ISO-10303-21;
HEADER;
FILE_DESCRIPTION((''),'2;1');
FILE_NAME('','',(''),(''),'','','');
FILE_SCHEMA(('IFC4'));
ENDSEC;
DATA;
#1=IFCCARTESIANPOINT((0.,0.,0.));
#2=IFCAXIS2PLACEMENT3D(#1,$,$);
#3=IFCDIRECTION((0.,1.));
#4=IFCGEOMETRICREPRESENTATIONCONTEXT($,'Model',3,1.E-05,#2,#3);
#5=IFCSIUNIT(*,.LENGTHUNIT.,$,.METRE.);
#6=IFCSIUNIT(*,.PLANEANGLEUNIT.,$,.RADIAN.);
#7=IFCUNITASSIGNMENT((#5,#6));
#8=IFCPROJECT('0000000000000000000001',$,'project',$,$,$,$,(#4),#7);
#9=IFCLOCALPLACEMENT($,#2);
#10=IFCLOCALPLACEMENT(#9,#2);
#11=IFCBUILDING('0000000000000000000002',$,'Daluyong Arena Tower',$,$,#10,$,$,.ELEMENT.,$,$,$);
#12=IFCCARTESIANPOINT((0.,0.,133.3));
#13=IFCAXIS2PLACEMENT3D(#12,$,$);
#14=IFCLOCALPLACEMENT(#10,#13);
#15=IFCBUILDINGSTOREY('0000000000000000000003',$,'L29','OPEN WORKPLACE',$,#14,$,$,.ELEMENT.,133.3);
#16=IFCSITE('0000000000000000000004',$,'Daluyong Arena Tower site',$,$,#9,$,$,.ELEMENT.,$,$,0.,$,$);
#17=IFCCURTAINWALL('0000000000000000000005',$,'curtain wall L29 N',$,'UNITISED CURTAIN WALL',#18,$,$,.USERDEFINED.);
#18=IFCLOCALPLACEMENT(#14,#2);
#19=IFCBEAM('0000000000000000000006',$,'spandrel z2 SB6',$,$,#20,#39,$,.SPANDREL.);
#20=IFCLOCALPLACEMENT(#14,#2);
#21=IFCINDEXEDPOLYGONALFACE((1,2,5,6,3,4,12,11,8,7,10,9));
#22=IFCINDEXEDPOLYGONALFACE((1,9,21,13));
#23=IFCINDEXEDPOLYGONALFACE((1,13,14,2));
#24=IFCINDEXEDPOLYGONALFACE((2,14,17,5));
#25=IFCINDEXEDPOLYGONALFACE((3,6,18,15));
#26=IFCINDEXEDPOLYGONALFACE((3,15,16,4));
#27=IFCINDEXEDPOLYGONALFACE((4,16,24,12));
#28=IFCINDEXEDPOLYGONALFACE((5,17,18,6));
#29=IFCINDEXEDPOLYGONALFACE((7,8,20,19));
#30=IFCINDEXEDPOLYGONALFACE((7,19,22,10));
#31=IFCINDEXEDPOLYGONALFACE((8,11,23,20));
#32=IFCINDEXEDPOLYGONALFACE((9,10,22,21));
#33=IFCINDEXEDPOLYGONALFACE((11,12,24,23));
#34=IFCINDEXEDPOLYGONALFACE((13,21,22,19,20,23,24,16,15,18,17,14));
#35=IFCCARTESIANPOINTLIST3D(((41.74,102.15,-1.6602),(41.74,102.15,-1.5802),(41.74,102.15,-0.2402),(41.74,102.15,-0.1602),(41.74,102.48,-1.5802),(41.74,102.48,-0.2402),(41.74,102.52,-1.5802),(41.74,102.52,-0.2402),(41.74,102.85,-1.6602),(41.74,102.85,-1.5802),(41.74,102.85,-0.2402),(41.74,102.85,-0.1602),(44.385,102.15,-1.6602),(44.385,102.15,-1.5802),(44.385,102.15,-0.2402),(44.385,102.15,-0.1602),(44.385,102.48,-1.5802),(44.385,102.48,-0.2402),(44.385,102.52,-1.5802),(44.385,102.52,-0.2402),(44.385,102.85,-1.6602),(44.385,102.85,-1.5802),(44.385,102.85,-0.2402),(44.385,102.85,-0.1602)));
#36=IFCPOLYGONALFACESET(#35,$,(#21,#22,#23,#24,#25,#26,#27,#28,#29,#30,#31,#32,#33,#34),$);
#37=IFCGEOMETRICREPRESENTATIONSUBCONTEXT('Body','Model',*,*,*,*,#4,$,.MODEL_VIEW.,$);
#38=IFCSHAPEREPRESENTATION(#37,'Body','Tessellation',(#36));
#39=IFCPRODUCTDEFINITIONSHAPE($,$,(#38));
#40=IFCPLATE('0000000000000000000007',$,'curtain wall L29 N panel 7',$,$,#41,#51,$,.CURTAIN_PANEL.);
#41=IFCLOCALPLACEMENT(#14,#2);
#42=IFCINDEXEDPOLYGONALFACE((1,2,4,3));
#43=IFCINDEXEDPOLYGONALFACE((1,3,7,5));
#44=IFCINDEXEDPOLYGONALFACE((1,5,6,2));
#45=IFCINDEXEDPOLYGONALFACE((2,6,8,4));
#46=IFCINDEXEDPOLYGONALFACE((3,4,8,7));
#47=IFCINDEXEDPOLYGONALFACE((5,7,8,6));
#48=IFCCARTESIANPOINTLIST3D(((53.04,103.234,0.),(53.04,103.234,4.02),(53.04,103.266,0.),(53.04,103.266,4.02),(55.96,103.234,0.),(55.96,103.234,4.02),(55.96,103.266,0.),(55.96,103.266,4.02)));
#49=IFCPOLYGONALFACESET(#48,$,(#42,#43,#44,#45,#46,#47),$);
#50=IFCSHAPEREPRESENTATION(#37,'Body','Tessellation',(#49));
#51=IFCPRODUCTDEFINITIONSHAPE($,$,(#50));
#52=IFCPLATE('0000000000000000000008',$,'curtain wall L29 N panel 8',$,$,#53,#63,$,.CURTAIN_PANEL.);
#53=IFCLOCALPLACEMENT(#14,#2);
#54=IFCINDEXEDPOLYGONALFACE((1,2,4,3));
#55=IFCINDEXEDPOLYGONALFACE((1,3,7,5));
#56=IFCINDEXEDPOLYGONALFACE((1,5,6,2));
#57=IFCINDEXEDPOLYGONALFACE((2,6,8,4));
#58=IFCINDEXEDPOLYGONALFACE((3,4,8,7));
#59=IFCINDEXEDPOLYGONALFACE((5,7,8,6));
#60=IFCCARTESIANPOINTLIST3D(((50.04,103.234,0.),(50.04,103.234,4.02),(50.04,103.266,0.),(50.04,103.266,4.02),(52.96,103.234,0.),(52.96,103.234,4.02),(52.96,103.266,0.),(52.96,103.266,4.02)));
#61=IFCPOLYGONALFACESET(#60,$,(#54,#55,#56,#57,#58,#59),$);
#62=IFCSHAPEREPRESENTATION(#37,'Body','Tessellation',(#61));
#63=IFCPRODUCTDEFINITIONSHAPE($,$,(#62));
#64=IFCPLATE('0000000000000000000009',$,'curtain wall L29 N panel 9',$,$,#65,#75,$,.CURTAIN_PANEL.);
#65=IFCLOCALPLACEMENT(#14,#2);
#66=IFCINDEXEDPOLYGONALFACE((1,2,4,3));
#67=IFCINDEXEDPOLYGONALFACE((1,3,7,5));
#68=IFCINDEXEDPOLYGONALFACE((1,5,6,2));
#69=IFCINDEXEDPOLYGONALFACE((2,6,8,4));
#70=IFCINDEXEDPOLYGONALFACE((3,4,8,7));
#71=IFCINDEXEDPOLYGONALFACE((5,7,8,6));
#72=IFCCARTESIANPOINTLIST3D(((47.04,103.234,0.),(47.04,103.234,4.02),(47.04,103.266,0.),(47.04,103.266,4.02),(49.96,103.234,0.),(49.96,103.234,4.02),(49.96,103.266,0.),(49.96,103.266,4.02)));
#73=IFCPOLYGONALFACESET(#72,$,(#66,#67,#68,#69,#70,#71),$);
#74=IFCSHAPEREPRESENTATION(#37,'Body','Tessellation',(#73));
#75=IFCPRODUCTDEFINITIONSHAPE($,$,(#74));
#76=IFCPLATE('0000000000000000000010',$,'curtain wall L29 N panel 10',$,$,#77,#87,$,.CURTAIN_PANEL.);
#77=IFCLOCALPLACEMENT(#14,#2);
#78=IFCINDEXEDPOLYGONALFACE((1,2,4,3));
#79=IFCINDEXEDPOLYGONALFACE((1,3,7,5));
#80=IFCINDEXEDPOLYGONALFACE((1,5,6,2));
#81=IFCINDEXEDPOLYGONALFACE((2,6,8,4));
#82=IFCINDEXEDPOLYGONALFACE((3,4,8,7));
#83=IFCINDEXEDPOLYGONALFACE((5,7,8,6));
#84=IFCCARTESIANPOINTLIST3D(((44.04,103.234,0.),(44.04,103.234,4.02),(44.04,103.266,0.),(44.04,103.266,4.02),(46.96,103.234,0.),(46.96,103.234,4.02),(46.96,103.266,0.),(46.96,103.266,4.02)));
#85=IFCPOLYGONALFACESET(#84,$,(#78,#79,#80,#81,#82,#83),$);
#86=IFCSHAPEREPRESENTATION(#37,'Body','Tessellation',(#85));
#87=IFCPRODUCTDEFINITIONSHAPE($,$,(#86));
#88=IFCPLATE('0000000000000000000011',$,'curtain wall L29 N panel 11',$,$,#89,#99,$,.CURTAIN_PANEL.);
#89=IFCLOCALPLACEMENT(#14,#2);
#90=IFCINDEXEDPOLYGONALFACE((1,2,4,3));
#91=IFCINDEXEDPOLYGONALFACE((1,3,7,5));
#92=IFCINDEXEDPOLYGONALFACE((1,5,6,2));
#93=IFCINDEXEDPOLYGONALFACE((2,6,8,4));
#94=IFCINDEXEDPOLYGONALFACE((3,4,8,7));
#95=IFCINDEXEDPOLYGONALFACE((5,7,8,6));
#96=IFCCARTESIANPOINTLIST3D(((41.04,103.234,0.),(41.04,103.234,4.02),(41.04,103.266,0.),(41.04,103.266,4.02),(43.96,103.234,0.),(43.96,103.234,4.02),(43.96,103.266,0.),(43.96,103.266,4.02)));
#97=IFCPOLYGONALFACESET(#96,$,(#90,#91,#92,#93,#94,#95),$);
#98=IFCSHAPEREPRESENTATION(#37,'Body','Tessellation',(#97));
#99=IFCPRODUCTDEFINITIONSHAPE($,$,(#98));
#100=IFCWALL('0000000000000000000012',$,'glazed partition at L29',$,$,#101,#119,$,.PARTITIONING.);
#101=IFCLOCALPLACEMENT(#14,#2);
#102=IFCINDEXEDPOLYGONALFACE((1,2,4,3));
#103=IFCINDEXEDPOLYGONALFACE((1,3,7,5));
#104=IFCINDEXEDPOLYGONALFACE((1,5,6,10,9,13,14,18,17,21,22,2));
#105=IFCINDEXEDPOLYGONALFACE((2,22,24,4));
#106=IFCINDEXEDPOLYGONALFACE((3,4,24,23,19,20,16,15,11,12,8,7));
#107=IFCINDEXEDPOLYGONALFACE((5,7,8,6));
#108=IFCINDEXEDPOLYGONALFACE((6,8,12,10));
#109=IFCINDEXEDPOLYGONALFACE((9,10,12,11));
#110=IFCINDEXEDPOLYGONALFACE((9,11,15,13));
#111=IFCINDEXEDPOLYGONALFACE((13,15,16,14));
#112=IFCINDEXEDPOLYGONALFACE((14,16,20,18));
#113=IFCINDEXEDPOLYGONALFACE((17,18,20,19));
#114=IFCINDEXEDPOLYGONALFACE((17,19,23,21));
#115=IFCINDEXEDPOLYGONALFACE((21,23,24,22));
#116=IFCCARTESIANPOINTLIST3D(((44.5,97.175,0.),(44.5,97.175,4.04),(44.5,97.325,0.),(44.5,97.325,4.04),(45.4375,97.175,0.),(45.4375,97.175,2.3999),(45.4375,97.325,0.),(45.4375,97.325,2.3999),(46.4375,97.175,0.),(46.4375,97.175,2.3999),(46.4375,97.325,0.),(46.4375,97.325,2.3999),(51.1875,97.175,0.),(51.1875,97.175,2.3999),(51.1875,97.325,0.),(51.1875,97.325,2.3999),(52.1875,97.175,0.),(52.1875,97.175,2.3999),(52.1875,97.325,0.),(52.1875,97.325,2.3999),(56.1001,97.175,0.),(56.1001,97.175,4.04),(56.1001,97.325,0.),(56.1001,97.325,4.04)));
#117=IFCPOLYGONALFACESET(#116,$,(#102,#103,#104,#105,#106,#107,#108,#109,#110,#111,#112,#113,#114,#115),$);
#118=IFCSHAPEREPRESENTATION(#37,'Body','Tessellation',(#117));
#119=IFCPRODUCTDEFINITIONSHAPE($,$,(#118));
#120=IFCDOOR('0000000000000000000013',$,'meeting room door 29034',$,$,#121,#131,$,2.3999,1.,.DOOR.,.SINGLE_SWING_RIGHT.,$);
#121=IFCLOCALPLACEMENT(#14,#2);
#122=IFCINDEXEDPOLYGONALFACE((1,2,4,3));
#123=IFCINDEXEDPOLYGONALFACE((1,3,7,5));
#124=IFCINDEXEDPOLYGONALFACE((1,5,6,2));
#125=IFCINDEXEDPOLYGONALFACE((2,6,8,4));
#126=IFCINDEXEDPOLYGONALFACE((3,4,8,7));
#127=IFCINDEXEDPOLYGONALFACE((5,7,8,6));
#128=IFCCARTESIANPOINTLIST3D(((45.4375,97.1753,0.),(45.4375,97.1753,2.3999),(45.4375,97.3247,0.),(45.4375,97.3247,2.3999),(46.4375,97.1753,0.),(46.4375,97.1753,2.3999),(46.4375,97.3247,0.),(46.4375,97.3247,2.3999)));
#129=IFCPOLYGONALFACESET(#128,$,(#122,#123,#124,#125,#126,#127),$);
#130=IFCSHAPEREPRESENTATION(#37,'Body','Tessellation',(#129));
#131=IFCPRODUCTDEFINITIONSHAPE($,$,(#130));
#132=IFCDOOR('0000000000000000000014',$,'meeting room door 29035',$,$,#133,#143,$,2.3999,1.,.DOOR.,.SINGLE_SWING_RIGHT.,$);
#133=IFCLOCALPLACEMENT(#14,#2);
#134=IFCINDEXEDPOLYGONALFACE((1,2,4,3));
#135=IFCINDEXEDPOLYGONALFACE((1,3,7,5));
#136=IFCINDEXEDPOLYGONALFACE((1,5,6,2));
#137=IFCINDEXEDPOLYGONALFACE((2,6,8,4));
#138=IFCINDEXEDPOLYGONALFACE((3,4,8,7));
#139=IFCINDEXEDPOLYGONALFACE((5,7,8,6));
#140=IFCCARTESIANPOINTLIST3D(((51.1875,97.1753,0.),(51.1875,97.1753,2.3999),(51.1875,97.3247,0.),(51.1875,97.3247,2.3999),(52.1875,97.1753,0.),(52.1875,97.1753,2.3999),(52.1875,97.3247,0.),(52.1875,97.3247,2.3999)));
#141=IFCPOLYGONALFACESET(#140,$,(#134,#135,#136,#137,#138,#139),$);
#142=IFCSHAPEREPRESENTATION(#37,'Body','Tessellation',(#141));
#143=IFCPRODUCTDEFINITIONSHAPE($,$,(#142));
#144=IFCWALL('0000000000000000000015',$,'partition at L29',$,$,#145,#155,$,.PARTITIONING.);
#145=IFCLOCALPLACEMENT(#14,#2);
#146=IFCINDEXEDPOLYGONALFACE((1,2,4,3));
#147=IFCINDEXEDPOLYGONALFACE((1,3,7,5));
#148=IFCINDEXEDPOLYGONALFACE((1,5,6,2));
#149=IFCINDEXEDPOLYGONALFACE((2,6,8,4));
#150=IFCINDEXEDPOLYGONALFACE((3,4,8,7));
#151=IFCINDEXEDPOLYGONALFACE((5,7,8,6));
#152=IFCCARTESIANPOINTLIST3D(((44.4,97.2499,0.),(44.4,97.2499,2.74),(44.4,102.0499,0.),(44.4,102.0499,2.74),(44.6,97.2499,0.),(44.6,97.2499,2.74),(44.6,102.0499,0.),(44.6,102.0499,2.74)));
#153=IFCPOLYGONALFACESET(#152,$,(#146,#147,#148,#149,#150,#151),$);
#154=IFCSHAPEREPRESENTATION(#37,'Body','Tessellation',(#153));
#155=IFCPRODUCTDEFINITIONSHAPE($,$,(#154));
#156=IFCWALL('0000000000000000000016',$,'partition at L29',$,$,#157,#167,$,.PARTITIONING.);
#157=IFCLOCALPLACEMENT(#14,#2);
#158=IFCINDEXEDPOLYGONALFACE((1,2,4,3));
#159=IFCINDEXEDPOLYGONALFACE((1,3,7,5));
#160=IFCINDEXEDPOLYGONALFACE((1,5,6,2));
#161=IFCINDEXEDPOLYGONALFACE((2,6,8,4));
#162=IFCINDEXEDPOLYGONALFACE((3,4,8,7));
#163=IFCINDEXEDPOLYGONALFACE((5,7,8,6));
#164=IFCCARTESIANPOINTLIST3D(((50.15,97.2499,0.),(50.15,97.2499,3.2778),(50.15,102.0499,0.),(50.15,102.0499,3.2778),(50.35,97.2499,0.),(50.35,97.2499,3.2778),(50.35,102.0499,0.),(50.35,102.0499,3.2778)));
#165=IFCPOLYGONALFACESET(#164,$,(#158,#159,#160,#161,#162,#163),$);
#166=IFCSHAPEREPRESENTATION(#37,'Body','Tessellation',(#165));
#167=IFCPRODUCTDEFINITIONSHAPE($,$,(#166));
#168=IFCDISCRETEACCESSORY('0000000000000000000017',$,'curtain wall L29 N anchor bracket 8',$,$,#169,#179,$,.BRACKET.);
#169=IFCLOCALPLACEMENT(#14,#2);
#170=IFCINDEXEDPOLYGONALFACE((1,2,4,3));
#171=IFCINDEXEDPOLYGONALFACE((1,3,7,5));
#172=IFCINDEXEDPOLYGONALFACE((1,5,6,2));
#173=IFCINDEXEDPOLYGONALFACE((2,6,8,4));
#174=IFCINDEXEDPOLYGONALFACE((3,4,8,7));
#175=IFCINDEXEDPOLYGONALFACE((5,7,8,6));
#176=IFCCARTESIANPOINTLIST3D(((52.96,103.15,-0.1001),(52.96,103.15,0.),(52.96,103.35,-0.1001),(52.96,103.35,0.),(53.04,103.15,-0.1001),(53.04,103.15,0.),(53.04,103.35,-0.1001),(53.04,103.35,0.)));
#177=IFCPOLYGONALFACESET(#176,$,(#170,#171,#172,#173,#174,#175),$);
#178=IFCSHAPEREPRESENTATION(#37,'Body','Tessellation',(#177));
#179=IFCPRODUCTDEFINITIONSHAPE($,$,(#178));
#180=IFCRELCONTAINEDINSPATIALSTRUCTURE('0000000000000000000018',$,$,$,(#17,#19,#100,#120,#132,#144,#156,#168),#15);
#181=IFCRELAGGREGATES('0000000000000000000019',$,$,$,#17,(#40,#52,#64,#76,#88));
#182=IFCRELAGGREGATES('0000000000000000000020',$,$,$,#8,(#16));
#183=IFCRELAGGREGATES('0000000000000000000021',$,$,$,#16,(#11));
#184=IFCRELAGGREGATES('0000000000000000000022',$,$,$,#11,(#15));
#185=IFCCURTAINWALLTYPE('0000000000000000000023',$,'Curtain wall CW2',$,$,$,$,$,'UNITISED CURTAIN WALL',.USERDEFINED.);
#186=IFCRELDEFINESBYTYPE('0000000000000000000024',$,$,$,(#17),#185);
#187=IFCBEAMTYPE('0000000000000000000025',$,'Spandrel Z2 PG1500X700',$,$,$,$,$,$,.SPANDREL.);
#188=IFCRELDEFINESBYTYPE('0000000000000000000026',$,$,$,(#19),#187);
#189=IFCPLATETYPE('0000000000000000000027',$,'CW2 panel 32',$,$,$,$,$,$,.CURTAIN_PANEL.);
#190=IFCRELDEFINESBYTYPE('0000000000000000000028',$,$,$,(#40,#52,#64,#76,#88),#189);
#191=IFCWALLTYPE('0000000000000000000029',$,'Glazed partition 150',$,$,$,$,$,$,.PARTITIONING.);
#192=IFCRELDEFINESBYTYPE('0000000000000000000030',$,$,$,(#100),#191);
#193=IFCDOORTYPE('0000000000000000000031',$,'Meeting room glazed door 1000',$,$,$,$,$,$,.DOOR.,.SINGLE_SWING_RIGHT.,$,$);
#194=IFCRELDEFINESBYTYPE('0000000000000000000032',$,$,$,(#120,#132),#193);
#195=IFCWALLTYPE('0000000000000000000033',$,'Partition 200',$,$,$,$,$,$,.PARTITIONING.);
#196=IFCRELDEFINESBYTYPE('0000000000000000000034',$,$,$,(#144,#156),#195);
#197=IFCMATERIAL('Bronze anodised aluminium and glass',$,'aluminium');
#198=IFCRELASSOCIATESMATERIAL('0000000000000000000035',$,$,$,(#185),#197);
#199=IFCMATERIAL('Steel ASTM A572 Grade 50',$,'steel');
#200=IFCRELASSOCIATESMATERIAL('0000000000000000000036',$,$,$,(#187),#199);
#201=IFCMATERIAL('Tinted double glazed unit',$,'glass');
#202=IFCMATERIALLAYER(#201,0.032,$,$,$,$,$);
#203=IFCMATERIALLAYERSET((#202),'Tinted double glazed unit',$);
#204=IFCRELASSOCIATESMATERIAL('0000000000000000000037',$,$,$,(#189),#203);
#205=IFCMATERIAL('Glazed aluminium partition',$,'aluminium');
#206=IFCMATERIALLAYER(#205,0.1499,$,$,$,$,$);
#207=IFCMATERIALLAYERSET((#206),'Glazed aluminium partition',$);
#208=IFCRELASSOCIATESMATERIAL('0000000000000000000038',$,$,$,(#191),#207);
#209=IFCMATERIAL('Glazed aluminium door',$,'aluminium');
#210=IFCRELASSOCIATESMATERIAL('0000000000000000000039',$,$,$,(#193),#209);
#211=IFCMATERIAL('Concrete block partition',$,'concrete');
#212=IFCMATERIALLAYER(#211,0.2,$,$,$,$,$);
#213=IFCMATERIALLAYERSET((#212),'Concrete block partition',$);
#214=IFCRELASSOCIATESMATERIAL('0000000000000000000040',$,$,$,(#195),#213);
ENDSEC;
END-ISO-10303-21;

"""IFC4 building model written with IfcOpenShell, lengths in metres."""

from ifc_helpers import new_model, si_unit, direction, frame, frame_2d, origin, origin_2d, place, context, subcontext, project, spatial, rectangle, i_section, extrude, material, layer, layer_set, material_profile, profile_set, type_object, element, fill, aggregate, save


model = new_model("IFC4")

# Units and contexts
model_context = context("Model", 3, precision=1e-05, world=origin(), true_north=direction((0.0, 1.0)))
body_context = subcontext(model_context, "Body", "Model", "MODEL_VIEW")
ifc_project = project(units=[si_unit("LENGTHUNIT", "METRE"), si_unit("PLANEANGLEUNIT", "RADIAN")], contexts=[model_context])

# Site, building, storey
site_placement = place(None, origin())
site = spatial("IfcSite", under=ifc_project, at=site_placement, Name="Daluyong Arena Tower site", CompositionType="ELEMENT", RefElevation=0.0)
building_placement = place(site_placement, origin())
building = spatial("IfcBuilding", under=site, at=building_placement, Name="Daluyong Arena Tower", CompositionType="ELEMENT")
storey_placement = place(building_placement, frame((0.0, 0.0, 133.3)))
storey = spatial("IfcBuildingStorey", under=building, at=storey_placement, Name="L29", Description="OPEN WORKPLACE", CompositionType="ELEMENT", Elevation=133.3)

# Curtain wall
ifc_material_1 = material(Name="Bronze anodised aluminium and glass", Category="aluminium")
curtain_wall_type = type_object("IfcCurtainWallType", Name="Curtain wall CW2", ElementType="UNITISED CURTAIN WALL", PredefinedType="USERDEFINED", material=ifc_material_1)
curtain_wall_placement = place(storey_placement, origin())
curtain_wall = element("IfcCurtainWall", 1, at=curtain_wall_placement, inside=storey, type_object=curtain_wall_type, Name="curtain wall L29 N", ObjectType="UNITISED CURTAIN WALL", PredefinedType="USERDEFINED")

# Beam
ifc_material_2 = material(Name="Steel ASTM A572 Grade 50", Category="steel")
ifc_material_profile_1 = material_profile(ifc_material_2, i_section(OverallWidth=0.7, OverallDepth=1.5, WebThickness=0.04, FlangeThickness=0.08, at=origin_2d()))
ifc_profile_set_1 = profile_set([ifc_material_profile_1], Name="Steel ASTM A572 Grade 50")
beam_type_1 = type_object("IfcBeamType", Name="Spandrel Z2 PG1500X700", PredefinedType="SPANDREL", material=ifc_profile_set_1)
for number, where, z_axis, x_axis, name in (
    (2, (44.385, 102.5, -0.9102), (-1.0, 0.0, 0.0), (0.0, -1.0, 0.0), "spandrel z2 SB6"),
):
    element("IfcBeam", number, at=place(storey_placement, frame(where, z_axis=z_axis, x_axis=x_axis)), inside=storey, type_object=beam_type_1, Name=name, PredefinedType="SPANDREL", context=body_context, shape_type="SweptSolid", body=[
        extrude(i_section(OverallWidth=0.7, OverallDepth=1.5, WebThickness=0.04, FlangeThickness=0.08, at=origin_2d()), origin(), (0.0, 0.0, 1.0), 2.645),
    ])

# Plates
ifc_material_3 = material(Name="Tinted double glazed unit", Category="glass")
ifc_layer_1 = layer(ifc_material_3, 0.032)
ifc_layer_set_1 = layer_set([ifc_layer_1], Name="Tinted double glazed unit")
plate_type = type_object("IfcPlateType", Name="CW2 panel 32", PredefinedType="CURTAIN_PANEL", material=ifc_layer_set_1)
plate_1_placement = place(storey_placement, frame((54.5, 103.25, 0.0), z_axis=(0.0, 0.0, 1.0), x_axis=(-1.0, 0.0, 0.0)))
plate_1 = element("IfcPlate", 3, at=plate_1_placement, type_object=plate_type, Name="curtain wall L29 N panel 7", PredefinedType="CURTAIN_PANEL", context=body_context, shape_type="SweptSolid", body=[
    extrude(rectangle(XDim=2.9199, YDim=0.032, at=origin_2d()), origin(), (0.0, 0.0, 1.0), 4.02),
])
plate_2_placement = place(storey_placement, frame((51.5, 103.25, 0.0), z_axis=(0.0, 0.0, 1.0), x_axis=(-1.0, 0.0, 0.0)))
plate_2 = element("IfcPlate", 4, at=plate_2_placement, type_object=plate_type, Name="curtain wall L29 N panel 8", PredefinedType="CURTAIN_PANEL", context=body_context, shape_type="SweptSolid", body=[
    extrude(rectangle(XDim=2.9199, YDim=0.032, at=origin_2d()), origin(), (0.0, 0.0, 1.0), 4.02),
])
plate_3_placement = place(storey_placement, frame((48.5, 103.25, 0.0), z_axis=(0.0, 0.0, 1.0), x_axis=(-1.0, 0.0, 0.0)))
plate_3 = element("IfcPlate", 5, at=plate_3_placement, type_object=plate_type, Name="curtain wall L29 N panel 9", PredefinedType="CURTAIN_PANEL", context=body_context, shape_type="SweptSolid", body=[
    extrude(rectangle(XDim=2.9199, YDim=0.032, at=origin_2d()), origin(), (0.0, 0.0, 1.0), 4.02),
])
plate_4_placement = place(storey_placement, frame((45.5, 103.25, 0.0), z_axis=(0.0, 0.0, 1.0), x_axis=(-1.0, 0.0, 0.0)))
plate_4 = element("IfcPlate", 6, at=plate_4_placement, type_object=plate_type, Name="curtain wall L29 N panel 10", PredefinedType="CURTAIN_PANEL", context=body_context, shape_type="SweptSolid", body=[
    extrude(rectangle(XDim=2.9199, YDim=0.032, at=origin_2d()), origin(), (0.0, 0.0, 1.0), 4.02),
])
plate_5_placement = place(storey_placement, frame((42.5, 103.25, 0.0), z_axis=(0.0, 0.0, 1.0), x_axis=(-1.0, 0.0, 0.0)))
plate_5 = element("IfcPlate", 7, at=plate_5_placement, type_object=plate_type, Name="curtain wall L29 N panel 11", PredefinedType="CURTAIN_PANEL", context=body_context, shape_type="SweptSolid", body=[
    extrude(rectangle(XDim=2.9199, YDim=0.032, at=origin_2d()), origin(), (0.0, 0.0, 1.0), 4.02),
])
aggregate(curtain_wall, [plate_1, plate_2, plate_3, plate_4, plate_5])

# Wall, openings, doors
ifc_material_4 = material(Name="Glazed aluminium partition", Category="aluminium")
ifc_layer_2 = layer(ifc_material_4, 0.1499)
ifc_layer_set_2 = layer_set([ifc_layer_2], Name="Glazed aluminium partition")
wall_type_1 = type_object("IfcWallType", Name="Glazed partition 150", PredefinedType="PARTITIONING", material=ifc_layer_set_2)
wall_1_placement = place(storey_placement, frame((44.5, 97.25, 0.0), z_axis=(0.0, 0.0, 1.0), x_axis=(1.0, 0.0, 0.0)))
wall_1 = element("IfcWall", 8, at=wall_1_placement, inside=storey, type_object=wall_type_1, Name="glazed partition at L29", PredefinedType="PARTITIONING", context=body_context, shape_type="SweptSolid", body=[
    extrude(rectangle(XDim=11.6001, YDim=0.1499, at=frame_2d((5.8, 0.0))), origin(), (0.0, 0.0, 1.0), 4.04),
])
opening_1_placement = place(wall_1_placement, frame((0.9375, 0.0, 0.0)))
opening_1 = element("IfcOpeningElement", 9, at=opening_1_placement, cuts=wall_1, PredefinedType="OPENING", context=body_context, shape_type="SweptSolid", body=[
    extrude(rectangle(XDim=1.0, YDim=2.3999, at=frame_2d((0.5, 1.2))), frame((0.0, 0.085, 0.0), z_axis=(0.0, -1.0, 0.0), x_axis=(1.0, 0.0, 0.0)), (0.0, 0.0, 1.0), 0.1699),
])
opening_2_placement = place(wall_1_placement, frame((6.6875, 0.0, 0.0)))
opening_2 = element("IfcOpeningElement", 10, at=opening_2_placement, cuts=wall_1, PredefinedType="OPENING", context=body_context, shape_type="SweptSolid", body=[
    extrude(rectangle(XDim=1.0, YDim=2.3999, at=frame_2d((0.5, 1.2))), frame((0.0, 0.085, 0.0), z_axis=(0.0, -1.0, 0.0), x_axis=(1.0, 0.0, 0.0)), (0.0, 0.0, 1.0), 0.1699),
])
ifc_material_5 = material(Name="Glazed aluminium door", Category="aluminium")
door_type = type_object("IfcDoorType", Name="Meeting room glazed door 1000", OperationType="SINGLE_SWING_RIGHT", PredefinedType="DOOR", material=ifc_material_5)
door_1_placement = place(opening_1_placement, origin())
door_1 = element("IfcDoor", 11, at=door_1_placement, inside=storey, type_object=door_type, Name="meeting room door 29034", OperationType="SINGLE_SWING_RIGHT", OverallHeight=2.3999, OverallWidth=1.0, PredefinedType="DOOR", context=body_context, shape_type="SweptSolid", body=[
    extrude(rectangle(XDim=1.0, YDim=2.3999, at=frame_2d((0.5, 1.2))), frame((0.0, 0.0747, 0.0), z_axis=(0.0, -1.0, 0.0), x_axis=(1.0, 0.0, 0.0)), (0.0, 0.0, 1.0), 0.1494),
])
fill(opening_1, door_1)
door_2_placement = place(opening_2_placement, origin())
door_2 = element("IfcDoor", 12, at=door_2_placement, inside=storey, type_object=door_type, Name="meeting room door 29035", OperationType="SINGLE_SWING_RIGHT", OverallHeight=2.3999, OverallWidth=1.0, PredefinedType="DOOR", context=body_context, shape_type="SweptSolid", body=[
    extrude(rectangle(XDim=1.0, YDim=2.3999, at=frame_2d((0.5, 1.2))), frame((0.0, 0.0747, 0.0), z_axis=(0.0, -1.0, 0.0), x_axis=(1.0, 0.0, 0.0)), (0.0, 0.0, 1.0), 0.1494),
])
fill(opening_2, door_2)

# Walls
ifc_material_6 = material(Name="Concrete block partition", Category="concrete")
ifc_layer_3 = layer(ifc_material_6, 0.2)
ifc_layer_set_3 = layer_set([ifc_layer_3], Name="Concrete block partition")
wall_type_2 = type_object("IfcWallType", Name="Partition 200", PredefinedType="PARTITIONING", material=ifc_layer_set_3)
wall_2_placement = place(storey_placement, frame((44.5, 97.25, 0.0), z_axis=(0.0, 0.0, 1.0), x_axis=(0.0, 1.0, 0.0)))
element("IfcWall", 13, at=wall_2_placement, inside=storey, type_object=wall_type_2, Name="partition at L29", PredefinedType="PARTITIONING", context=body_context, shape_type="SweptSolid", body=[
    extrude(rectangle(XDim=4.8, YDim=0.2, at=frame_2d((2.3999, 0.0))), origin(), (0.0, 0.0, 1.0), 2.74),
])
wall_3_placement = place(storey_placement, frame((50.25, 97.25, 0.0), z_axis=(0.0, 0.0, 1.0), x_axis=(0.0, 1.0, 0.0)))
element("IfcWall", 14, at=wall_3_placement, inside=storey, type_object=wall_type_2, Name="partition at L29", PredefinedType="PARTITIONING", context=body_context, shape_type="SweptSolid", body=[
    extrude(rectangle(XDim=4.8, YDim=0.2, at=frame_2d((2.3999, 0.0))), origin(), (0.0, 0.0, 1.0), 3.2778),
])

# Discrete accessory
for number, where, z_axis, x_axis, name in (
    (15, (53.0, 103.25, -0.1001), (0.0, 0.0, 1.0), (-1.0, 0.0, 0.0), "curtain wall L29 N anchor bracket 8"),
):
    element("IfcDiscreteAccessory", number, at=place(storey_placement, frame(where, z_axis=z_axis, x_axis=x_axis)), inside=storey, Name=name, PredefinedType="BRACKET", context=body_context, shape_type="SweptSolid", body=[
        extrude(rectangle(XDim=0.0801, YDim=0.2, at=origin_2d()), origin(), (0.0, 0.0, 1.0), 0.1001),
    ])

save(model, "model.ifc")
